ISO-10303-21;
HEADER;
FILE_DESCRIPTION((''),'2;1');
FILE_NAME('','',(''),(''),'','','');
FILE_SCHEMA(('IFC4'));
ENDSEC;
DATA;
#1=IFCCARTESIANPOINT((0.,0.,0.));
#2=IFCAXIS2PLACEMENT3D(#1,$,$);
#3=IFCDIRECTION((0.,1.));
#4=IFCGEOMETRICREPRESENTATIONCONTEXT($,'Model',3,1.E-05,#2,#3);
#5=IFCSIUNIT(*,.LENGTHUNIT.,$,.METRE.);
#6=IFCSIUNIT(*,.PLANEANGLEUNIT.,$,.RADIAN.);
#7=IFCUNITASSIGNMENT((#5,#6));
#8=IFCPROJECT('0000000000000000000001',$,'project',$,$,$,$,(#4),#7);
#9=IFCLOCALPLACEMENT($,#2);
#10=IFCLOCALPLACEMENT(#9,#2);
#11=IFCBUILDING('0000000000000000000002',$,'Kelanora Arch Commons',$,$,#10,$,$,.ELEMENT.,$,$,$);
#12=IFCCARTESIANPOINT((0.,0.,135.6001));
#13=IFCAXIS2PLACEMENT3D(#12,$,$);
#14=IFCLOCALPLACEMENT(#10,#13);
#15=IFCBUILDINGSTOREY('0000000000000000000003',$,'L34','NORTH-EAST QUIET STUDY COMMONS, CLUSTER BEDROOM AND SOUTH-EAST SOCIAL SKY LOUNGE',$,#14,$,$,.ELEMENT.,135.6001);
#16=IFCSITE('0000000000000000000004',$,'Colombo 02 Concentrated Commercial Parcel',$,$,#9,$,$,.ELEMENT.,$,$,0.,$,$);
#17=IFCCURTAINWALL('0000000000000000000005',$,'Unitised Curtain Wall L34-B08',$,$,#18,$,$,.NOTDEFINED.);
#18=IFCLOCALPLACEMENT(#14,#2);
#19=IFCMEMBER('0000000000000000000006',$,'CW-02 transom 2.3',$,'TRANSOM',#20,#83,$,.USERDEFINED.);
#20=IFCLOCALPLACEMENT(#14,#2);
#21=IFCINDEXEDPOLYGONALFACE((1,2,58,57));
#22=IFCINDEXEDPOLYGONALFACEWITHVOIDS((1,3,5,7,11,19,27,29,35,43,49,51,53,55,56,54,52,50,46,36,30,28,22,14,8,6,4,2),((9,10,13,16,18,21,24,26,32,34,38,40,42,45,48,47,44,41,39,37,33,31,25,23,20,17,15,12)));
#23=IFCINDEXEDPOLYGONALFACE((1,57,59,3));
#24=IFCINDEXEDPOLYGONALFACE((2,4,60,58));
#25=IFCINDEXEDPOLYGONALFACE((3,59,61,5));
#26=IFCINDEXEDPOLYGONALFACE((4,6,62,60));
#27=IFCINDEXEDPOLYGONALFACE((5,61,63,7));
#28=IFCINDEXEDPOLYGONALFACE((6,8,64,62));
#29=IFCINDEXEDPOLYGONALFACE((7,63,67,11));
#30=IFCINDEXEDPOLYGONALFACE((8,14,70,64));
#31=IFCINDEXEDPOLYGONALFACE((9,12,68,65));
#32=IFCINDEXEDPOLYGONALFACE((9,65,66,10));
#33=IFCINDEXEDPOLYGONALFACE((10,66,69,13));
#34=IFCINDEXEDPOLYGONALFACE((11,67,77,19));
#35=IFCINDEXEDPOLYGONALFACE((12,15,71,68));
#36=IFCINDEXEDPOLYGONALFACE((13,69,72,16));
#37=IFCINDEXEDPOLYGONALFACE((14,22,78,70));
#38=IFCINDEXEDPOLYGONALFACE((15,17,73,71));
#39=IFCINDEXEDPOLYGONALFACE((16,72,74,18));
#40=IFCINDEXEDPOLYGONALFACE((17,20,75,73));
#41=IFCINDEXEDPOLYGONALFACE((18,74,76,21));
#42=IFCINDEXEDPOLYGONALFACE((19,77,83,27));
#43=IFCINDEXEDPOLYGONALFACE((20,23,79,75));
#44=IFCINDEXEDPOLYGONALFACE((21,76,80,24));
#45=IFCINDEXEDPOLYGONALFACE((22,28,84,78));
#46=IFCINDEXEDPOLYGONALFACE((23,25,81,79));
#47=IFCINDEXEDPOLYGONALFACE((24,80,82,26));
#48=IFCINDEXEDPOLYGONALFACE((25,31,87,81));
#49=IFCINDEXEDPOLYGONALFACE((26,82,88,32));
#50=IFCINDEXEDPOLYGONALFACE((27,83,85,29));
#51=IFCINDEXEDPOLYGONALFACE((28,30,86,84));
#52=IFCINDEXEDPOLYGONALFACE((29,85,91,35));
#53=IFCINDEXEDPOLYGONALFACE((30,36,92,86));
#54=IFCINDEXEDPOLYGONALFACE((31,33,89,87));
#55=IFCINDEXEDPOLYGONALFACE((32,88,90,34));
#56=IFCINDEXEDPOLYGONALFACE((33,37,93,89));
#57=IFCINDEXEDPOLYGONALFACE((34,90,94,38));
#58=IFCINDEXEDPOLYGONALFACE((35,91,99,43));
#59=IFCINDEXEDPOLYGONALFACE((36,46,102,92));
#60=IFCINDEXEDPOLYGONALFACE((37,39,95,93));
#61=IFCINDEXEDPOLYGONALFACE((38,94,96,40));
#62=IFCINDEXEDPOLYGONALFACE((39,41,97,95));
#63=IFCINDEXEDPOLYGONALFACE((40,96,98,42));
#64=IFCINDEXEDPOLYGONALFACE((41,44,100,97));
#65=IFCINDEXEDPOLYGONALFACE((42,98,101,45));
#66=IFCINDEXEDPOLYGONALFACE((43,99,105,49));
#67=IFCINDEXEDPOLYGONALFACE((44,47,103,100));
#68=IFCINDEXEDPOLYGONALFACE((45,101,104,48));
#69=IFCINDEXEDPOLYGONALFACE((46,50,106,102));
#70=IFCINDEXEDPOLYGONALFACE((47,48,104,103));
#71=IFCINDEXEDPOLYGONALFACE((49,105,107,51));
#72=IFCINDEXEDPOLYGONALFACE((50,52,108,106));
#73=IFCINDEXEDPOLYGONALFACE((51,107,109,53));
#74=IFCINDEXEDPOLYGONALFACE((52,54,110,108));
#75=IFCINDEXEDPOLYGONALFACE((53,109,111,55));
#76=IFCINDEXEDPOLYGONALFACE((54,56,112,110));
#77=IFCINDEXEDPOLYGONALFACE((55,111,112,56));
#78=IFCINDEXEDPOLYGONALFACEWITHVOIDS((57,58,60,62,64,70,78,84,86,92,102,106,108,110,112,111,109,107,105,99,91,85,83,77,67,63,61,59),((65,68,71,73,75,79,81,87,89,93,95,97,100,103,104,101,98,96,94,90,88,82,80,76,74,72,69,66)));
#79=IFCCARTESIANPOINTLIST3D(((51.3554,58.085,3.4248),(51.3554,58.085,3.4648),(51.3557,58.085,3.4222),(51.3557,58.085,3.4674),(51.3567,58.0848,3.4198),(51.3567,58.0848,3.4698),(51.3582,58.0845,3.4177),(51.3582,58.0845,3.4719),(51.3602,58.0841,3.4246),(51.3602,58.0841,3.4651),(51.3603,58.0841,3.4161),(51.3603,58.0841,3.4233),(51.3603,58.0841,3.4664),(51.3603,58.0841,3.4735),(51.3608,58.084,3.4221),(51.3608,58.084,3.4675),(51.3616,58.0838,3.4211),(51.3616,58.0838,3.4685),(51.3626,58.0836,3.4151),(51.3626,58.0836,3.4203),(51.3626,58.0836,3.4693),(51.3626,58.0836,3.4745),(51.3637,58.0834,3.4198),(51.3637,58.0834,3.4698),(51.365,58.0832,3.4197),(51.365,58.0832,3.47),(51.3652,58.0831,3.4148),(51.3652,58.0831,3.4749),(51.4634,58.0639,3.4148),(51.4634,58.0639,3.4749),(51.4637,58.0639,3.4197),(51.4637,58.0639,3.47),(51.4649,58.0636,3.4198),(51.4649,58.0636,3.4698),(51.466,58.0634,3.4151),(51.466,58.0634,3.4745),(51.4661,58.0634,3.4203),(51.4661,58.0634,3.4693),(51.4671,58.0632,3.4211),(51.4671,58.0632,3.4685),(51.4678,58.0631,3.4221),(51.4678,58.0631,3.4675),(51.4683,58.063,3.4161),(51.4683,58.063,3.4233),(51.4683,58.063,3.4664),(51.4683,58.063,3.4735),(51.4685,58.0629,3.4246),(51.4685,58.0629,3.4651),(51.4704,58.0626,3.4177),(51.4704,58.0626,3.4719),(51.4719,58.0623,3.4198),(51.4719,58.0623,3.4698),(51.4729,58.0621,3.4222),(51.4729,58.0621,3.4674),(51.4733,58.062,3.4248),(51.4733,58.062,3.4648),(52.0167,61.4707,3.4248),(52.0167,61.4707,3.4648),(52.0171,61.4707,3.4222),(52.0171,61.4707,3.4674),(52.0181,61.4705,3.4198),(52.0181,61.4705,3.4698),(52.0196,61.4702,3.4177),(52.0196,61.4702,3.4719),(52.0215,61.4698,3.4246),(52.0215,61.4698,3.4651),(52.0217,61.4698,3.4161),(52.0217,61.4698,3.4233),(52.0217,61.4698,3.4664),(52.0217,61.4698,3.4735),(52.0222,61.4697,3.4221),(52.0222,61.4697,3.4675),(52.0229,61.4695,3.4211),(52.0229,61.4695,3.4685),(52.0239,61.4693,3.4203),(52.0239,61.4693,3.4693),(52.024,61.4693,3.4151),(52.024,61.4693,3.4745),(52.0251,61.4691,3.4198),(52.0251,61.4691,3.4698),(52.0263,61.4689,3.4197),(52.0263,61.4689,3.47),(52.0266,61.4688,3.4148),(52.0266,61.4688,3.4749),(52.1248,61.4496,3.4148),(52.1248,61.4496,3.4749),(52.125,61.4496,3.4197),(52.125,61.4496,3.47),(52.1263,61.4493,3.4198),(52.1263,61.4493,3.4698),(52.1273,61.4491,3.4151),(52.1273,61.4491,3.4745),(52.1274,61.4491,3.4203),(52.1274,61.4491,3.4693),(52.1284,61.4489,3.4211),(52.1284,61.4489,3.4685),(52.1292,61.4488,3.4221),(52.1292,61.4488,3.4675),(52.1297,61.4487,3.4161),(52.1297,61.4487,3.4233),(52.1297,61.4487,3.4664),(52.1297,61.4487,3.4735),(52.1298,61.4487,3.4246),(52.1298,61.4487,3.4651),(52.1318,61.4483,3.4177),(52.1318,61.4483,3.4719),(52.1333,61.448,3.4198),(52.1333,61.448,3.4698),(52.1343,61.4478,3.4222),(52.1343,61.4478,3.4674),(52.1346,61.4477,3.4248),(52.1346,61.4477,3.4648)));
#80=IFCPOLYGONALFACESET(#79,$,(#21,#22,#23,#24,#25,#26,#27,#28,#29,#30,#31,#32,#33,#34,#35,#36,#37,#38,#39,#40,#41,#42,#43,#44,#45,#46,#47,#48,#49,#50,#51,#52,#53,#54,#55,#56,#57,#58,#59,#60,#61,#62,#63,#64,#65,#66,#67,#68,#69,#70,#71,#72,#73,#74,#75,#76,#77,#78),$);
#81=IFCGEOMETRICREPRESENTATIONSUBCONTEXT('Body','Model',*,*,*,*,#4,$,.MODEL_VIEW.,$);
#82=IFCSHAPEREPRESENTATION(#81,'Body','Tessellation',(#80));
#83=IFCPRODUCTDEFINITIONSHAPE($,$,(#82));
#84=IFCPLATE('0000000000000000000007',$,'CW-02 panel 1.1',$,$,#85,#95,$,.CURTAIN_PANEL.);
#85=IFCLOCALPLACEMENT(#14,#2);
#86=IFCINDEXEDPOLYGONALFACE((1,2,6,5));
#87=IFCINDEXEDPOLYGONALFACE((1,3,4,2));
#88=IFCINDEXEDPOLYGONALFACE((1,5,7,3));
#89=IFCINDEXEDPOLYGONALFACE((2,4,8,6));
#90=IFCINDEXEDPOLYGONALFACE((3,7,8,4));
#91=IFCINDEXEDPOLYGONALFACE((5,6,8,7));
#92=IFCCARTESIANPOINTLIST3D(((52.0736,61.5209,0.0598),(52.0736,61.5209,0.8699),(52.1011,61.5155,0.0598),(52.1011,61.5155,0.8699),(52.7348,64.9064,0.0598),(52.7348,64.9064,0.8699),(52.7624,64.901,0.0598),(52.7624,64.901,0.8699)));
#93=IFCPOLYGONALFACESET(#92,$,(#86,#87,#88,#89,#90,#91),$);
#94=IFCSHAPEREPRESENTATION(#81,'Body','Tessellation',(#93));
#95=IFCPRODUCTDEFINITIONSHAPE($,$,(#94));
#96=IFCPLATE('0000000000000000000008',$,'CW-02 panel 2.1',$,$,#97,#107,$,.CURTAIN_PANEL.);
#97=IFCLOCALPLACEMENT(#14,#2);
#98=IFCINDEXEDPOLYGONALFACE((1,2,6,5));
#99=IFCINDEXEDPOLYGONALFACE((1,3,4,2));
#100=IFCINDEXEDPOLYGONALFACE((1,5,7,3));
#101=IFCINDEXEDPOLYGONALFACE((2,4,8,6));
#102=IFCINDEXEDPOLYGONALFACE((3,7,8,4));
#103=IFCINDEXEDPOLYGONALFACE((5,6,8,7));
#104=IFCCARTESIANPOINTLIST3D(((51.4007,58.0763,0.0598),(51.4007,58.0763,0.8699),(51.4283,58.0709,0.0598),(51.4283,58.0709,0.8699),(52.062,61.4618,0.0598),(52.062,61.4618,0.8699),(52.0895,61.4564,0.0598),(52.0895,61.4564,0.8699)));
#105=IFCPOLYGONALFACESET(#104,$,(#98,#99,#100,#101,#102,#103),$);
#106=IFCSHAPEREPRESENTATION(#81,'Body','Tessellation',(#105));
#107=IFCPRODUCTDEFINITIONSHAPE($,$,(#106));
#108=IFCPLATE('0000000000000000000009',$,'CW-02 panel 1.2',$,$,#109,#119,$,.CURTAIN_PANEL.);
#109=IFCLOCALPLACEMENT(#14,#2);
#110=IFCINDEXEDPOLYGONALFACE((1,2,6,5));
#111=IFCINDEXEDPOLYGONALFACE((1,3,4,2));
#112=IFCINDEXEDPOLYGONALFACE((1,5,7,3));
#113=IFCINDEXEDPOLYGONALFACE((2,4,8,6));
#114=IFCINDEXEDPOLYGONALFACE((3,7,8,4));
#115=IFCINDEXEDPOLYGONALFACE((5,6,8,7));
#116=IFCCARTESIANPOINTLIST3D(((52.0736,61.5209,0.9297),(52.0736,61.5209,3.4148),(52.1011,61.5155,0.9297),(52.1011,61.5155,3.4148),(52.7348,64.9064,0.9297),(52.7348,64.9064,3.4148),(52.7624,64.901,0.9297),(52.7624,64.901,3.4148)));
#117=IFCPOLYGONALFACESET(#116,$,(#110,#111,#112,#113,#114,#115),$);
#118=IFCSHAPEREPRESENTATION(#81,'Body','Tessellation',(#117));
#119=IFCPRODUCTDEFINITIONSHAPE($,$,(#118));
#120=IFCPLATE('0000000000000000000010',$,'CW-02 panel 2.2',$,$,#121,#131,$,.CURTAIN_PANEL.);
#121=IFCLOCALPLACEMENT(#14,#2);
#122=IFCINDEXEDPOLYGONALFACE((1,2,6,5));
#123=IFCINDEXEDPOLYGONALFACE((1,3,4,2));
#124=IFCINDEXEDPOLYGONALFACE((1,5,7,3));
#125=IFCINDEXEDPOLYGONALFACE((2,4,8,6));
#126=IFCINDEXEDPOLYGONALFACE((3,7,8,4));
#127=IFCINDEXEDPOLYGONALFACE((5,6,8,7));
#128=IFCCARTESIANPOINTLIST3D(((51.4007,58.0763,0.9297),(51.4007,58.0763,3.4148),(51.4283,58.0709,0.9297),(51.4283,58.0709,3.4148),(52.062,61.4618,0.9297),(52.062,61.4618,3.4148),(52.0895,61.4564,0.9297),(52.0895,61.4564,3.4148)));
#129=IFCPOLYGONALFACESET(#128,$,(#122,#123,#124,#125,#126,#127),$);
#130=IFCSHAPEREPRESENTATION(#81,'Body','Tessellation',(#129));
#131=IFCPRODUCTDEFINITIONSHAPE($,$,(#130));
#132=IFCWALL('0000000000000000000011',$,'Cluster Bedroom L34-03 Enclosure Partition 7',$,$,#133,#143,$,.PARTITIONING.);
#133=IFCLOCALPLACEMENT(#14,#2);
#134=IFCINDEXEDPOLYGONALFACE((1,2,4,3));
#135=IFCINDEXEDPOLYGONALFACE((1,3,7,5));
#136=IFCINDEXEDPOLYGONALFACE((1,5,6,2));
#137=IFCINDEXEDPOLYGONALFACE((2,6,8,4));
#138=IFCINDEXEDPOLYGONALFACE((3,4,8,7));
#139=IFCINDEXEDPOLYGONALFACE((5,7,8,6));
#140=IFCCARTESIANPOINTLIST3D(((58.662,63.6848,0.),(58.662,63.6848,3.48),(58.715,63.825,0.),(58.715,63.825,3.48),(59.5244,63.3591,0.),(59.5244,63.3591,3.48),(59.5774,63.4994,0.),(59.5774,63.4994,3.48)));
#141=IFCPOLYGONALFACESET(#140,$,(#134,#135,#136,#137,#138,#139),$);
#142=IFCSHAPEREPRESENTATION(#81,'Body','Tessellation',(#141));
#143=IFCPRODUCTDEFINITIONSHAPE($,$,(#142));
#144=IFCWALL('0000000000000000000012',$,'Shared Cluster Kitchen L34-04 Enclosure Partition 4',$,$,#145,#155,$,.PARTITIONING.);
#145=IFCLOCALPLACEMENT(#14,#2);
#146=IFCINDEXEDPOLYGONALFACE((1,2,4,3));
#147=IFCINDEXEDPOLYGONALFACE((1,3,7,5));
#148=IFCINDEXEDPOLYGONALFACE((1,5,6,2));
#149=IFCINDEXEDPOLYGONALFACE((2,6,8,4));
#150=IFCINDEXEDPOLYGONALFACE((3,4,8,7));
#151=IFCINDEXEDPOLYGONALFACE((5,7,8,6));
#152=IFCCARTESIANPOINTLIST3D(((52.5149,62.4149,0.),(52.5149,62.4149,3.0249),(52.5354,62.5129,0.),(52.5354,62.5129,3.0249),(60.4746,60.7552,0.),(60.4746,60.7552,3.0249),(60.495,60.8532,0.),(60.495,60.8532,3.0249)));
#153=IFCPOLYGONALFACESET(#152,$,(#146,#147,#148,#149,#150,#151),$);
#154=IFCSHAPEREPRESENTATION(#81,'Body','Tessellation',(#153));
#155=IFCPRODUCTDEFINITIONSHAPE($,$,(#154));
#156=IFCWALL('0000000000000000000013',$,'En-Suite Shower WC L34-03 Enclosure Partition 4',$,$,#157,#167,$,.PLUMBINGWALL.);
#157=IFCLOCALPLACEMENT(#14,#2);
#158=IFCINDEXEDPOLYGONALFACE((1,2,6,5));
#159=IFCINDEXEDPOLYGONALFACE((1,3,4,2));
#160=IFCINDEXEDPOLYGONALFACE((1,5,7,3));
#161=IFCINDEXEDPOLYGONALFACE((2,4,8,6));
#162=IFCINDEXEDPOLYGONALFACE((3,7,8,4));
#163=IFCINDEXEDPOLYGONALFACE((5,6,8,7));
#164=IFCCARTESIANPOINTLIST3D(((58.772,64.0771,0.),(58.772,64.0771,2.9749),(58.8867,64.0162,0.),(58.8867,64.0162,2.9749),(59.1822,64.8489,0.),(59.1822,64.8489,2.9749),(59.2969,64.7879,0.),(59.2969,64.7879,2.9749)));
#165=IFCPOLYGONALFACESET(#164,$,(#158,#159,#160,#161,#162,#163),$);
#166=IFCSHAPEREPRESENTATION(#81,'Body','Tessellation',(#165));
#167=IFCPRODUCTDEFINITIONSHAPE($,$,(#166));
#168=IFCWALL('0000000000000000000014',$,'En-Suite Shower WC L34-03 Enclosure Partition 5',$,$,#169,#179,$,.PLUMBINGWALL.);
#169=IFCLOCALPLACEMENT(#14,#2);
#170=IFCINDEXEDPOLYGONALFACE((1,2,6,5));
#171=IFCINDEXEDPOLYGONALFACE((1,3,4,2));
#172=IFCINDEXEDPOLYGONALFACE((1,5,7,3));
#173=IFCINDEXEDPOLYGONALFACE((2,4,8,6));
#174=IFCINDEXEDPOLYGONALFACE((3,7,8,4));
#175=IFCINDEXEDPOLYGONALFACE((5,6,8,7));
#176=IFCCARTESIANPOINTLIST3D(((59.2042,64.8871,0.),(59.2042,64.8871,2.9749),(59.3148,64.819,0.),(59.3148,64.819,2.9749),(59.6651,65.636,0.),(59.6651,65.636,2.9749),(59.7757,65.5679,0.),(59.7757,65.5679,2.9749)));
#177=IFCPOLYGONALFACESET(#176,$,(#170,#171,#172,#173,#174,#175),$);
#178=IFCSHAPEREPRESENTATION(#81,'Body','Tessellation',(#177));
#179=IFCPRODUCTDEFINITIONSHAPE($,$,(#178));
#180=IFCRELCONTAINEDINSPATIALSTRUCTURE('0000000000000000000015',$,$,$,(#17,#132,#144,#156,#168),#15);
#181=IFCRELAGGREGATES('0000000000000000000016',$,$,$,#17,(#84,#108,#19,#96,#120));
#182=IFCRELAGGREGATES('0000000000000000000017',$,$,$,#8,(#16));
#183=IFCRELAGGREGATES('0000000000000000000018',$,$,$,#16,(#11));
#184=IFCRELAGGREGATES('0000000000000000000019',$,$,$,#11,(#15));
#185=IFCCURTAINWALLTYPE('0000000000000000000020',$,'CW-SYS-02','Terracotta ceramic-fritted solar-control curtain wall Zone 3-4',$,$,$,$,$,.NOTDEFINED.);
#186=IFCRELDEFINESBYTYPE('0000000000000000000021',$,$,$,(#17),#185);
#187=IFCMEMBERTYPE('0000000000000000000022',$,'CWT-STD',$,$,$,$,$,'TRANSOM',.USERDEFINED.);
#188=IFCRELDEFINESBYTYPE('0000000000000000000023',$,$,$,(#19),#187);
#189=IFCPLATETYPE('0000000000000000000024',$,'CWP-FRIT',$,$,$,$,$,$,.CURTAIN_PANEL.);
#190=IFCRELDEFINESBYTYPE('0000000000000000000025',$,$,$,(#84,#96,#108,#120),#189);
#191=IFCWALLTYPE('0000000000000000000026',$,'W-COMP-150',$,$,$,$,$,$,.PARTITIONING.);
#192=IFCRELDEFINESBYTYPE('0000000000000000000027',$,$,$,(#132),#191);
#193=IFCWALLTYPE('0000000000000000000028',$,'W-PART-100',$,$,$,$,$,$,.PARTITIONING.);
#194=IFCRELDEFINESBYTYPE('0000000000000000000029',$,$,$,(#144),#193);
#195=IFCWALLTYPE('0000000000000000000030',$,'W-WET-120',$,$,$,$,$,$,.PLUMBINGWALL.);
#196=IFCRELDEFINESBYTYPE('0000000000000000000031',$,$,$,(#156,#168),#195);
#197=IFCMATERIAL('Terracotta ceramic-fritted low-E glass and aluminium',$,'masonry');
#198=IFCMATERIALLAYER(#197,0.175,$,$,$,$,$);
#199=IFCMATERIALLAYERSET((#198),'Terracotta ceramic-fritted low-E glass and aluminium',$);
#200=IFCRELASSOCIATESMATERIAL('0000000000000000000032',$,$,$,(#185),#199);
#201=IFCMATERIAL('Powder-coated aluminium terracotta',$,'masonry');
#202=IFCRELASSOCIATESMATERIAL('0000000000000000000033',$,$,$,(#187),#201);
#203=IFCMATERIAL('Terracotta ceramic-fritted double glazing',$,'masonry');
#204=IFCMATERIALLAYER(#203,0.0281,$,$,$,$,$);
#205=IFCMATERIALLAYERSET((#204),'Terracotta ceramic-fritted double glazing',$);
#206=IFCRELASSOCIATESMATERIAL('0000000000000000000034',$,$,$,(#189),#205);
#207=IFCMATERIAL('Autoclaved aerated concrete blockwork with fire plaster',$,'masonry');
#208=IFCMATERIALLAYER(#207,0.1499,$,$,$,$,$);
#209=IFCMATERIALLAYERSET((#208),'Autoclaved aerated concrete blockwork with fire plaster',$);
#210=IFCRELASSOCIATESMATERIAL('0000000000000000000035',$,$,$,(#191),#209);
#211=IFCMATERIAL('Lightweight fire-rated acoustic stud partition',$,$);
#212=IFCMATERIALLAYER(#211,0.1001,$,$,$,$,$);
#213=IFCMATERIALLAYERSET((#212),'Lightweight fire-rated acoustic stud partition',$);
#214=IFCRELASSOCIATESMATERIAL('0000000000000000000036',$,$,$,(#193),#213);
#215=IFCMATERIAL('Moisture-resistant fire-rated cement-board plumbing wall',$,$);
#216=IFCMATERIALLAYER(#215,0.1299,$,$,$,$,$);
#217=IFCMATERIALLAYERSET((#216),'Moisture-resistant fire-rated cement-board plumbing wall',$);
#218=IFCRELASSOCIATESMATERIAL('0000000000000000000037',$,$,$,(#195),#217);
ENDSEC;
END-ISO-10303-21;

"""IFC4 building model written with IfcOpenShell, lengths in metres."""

from ifc_helpers import new_model, si_unit, direction, frame, frame_2d, origin, origin_2d, place, context, subcontext, project, spatial, rectangle, hollow_rectangle, extrude, source, transform, mapped, material, layer, layer_set, material_profile, profile_set, type_object, element, aggregate, save


model = new_model("IFC4")

# Units and contexts
model_context = context("Model", 3, precision=1e-05, world=origin(), true_north=direction((0.0, 1.0)))
body_context = subcontext(model_context, "Body", "Model", "MODEL_VIEW")
ifc_project = project(units=[si_unit("LENGTHUNIT", "METRE"), si_unit("PLANEANGLEUNIT", "RADIAN")], contexts=[model_context])

# Site, building, storey
site_placement = place(None, origin())
site = spatial("IfcSite", under=ifc_project, at=site_placement, Name="Colombo 02 Concentrated Commercial Parcel", CompositionType="ELEMENT", RefElevation=0.0)
building_placement = place(site_placement, origin())
building = spatial("IfcBuilding", under=site, at=building_placement, Name="Kelanora Arch Commons", CompositionType="ELEMENT")
storey_placement = place(building_placement, frame((0.0, 0.0, 135.6001)))
storey = spatial("IfcBuildingStorey", under=building, at=storey_placement, Name="L34", Description="NORTH-EAST QUIET STUDY COMMONS, CLUSTER BEDROOM AND SOUTH-EAST SOCIAL SKY LOUNGE", CompositionType="ELEMENT", Elevation=135.6001)

# Curtain wall, member, plates
ifc_material_1 = material(Name="Terracotta ceramic-fritted low-E glass and aluminium", Category="masonry")
ifc_layer_1 = layer(ifc_material_1, 0.175)
ifc_layer_set_1 = layer_set([ifc_layer_1], Name="Terracotta ceramic-fritted low-E glass and aluminium")
curtain_wall_type = type_object("IfcCurtainWallType", Name="CW-SYS-02", Description="Terracotta ceramic-fritted solar-control curtain wall Zone 3-4", PredefinedType="NOTDEFINED", material=ifc_layer_set_1)
curtain_wall_placement = place(storey_placement, origin())
curtain_wall = element("IfcCurtainWall", 1, at=curtain_wall_placement, inside=storey, type_object=curtain_wall_type, Name="Unitised Curtain Wall L34-B08", PredefinedType="NOTDEFINED")
ifc_material_2 = material(Name="Powder-coated aluminium terracotta", Category="masonry")
ifc_material_profile_1 = material_profile(ifc_material_2, hollow_rectangle(XDim=0.1201, YDim=0.0601, WallThickness=0.0049, InnerFilletRadius=0.0049, OuterFilletRadius=0.01, at=origin_2d()), Name="CWT120x60")
ifc_profile_set_1 = profile_set([ifc_material_profile_1], Name="Powder-coated aluminium terracotta")
member_type_1 = type_object("IfcMemberType", Name="CWT-STD", ElementType="TRANSOM", PredefinedType="USERDEFINED", material=ifc_profile_set_1)
member_1_placement = place(storey_placement, frame((52.0757, 61.4592, 3.4448), z_axis=(-0.191718, -0.98145, 0.0), x_axis=(0.98145, -0.191718, 0.0)))
member_1 = element("IfcMember", 2, at=member_1_placement, type_object=member_type_1, Name="CW-02 transom 2.3", ObjectType="TRANSOM", PredefinedType="USERDEFINED", context=body_context, shape_type="SweptSolid", body=[
    extrude(hollow_rectangle(XDim=0.1201, YDim=0.0601, WallThickness=0.0049, InnerFilletRadius=0.0049, OuterFilletRadius=0.01, at=origin_2d()), origin(), (0.0, 0.0, 1.0), 3.4497),
])
ifc_material_3 = material(Name="Terracotta ceramic-fritted double glazing", Category="masonry")
ifc_layer_2 = layer(ifc_material_3, 0.0281)
ifc_layer_set_2 = layer_set([ifc_layer_2], Name="Terracotta ceramic-fritted double glazing")
plate_type = type_object("IfcPlateType", Name="CWP-FRIT", PredefinedType="CURTAIN_PANEL", material=ifc_layer_set_2)
shared_shape_1 = source(origin(), body_context, "Body", "SweptSolid", [
    extrude(rectangle(XDim=3.4495, YDim=0.0281, at=origin_2d()), origin(), (0.0, 0.0, 1.0), 0.8101),
])
plate_1_placement = place(storey_placement, frame((52.418, 63.2109, 0.0598), z_axis=(0.0, 0.0, 1.0), x_axis=(-0.191705, -0.981453, 0.0)))
plate_1 = element("IfcPlate", 3, at=plate_1_placement, type_object=plate_type, Name="CW-02 panel 1.1", PredefinedType="CURTAIN_PANEL", context=body_context, shape_type="MappedRepresentation", body=[
    mapped(shared_shape_1, transform((0.0, 0.0, 0.0), scale=1.0)),
])
plate_2_placement = place(storey_placement, frame((51.7451, 59.7664, 0.0598), z_axis=(0.0, 0.0, 1.0), x_axis=(-0.191705, -0.981453, 0.0)))
plate_2 = element("IfcPlate", 4, at=plate_2_placement, type_object=plate_type, Name="CW-02 panel 2.1", PredefinedType="CURTAIN_PANEL", context=body_context, shape_type="MappedRepresentation", body=[
    mapped(shared_shape_1, transform((0.0, 0.0, 0.0), scale=1.0)),
])
shared_shape_2 = source(origin(), body_context, "Body", "SweptSolid", [
    extrude(rectangle(XDim=3.4495, YDim=0.0281, at=origin_2d()), origin(), (0.0, 0.0, 1.0), 2.4851),
])
plate_3_placement = place(storey_placement, frame((52.418, 63.2109, 0.9297), z_axis=(0.0, 0.0, 1.0), x_axis=(-0.191705, -0.981453, 0.0)))
plate_3 = element("IfcPlate", 5, at=plate_3_placement, type_object=plate_type, Name="CW-02 panel 1.2", PredefinedType="CURTAIN_PANEL", context=body_context, shape_type="MappedRepresentation", body=[
    mapped(shared_shape_2, transform((0.0, 0.0, 0.0), scale=1.0)),
])
plate_4_placement = place(storey_placement, frame((51.7451, 59.7664, 0.9297), z_axis=(0.0, 0.0, 1.0), x_axis=(-0.191705, -0.981453, 0.0)))
plate_4 = element("IfcPlate", 6, at=plate_4_placement, type_object=plate_type, Name="CW-02 panel 2.2", PredefinedType="CURTAIN_PANEL", context=body_context, shape_type="MappedRepresentation", body=[
    mapped(shared_shape_2, transform((0.0, 0.0, 0.0), scale=1.0)),
])
aggregate(curtain_wall, [plate_1, plate_3, member_1, plate_2, plate_4])

# Walls
ifc_material_4 = material(Name="Autoclaved aerated concrete blockwork with fire plaster", Category="masonry")
ifc_layer_3 = layer(ifc_material_4, 0.1499)
ifc_layer_set_3 = layer_set([ifc_layer_3], Name="Autoclaved aerated concrete blockwork with fire plaster")
wall_type_1 = type_object("IfcWallType", Name="W-COMP-150", PredefinedType="PARTITIONING", material=ifc_layer_set_3)
wall_1_placement = place(storey_placement, frame((58.6885, 63.7549, 0.0), z_axis=(0.0, 0.0, 1.0), x_axis=(0.935532, -0.353241, 0.0)))
element("IfcWall", 7, at=wall_1_placement, inside=storey, type_object=wall_type_1, Name="Cluster Bedroom L34-03 Enclosure Partition 7", PredefinedType="PARTITIONING", context=body_context, shape_type="SweptSolid", body=[
    extrude(rectangle(XDim=0.9219, YDim=0.1499, at=frame_2d((0.4609, 0.0))), origin(), (0.0, 0.0, 1.0), 3.48),
])
ifc_material_5 = material(Name="Lightweight fire-rated acoustic stud partition")
ifc_layer_4 = layer(ifc_material_5, 0.1001)
ifc_layer_set_4 = layer_set([ifc_layer_4], Name="Lightweight fire-rated acoustic stud partition")
wall_type_2 = type_object("IfcWallType", Name="W-PART-100", PredefinedType="PARTITIONING", material=ifc_layer_set_4)
wall_2_placement = place(storey_placement, frame((52.5251, 62.4639, 0.0), z_axis=(0.0, 0.0, 1.0), x_axis=(0.978946, -0.204119, 0.0)))
element("IfcWall", 8, at=wall_2_placement, inside=storey, type_object=wall_type_2, Name="Shared Cluster Kitchen L34-04 Enclosure Partition 4", PredefinedType="PARTITIONING", context=body_context, shape_type="SweptSolid", body=[
    extrude(rectangle(XDim=8.1309, YDim=0.1001, at=frame_2d((4.0654, 0.0))), origin(), (0.0, 0.0, 1.0), 3.0249),
])
ifc_material_6 = material(Name="Moisture-resistant fire-rated cement-board plumbing wall")
ifc_layer_5 = layer(ifc_material_6, 0.1299)
ifc_layer_set_5 = layer_set([ifc_layer_5], Name="Moisture-resistant fire-rated cement-board plumbing wall")
wall_type_3 = type_object("IfcWallType", Name="W-WET-120", PredefinedType="PLUMBINGWALL", material=ifc_layer_set_5)
wall_3_placement = place(storey_placement, frame((58.8293, 64.0466, 0.0), z_axis=(0.0, 0.0, 1.0), x_axis=(0.469312, 0.883033, 0.0)))
element("IfcWall", 9, at=wall_3_placement, inside=storey, type_object=wall_type_3, Name="En-Suite Shower WC L34-03 Enclosure Partition 4", PredefinedType="PLUMBINGWALL", context=body_context, shape_type="SweptSolid", body=[
    extrude(rectangle(XDim=0.874, YDim=0.1299, at=frame_2d((0.437, 0.0))), origin(), (0.0, 0.0, 1.0), 2.9749),
])
wall_4_placement = place(storey_placement, frame((59.2595, 64.853, 0.0), z_axis=(0.0, 0.0, 1.0), x_axis=(0.524097, 0.851658, 0.0)))
element("IfcWall", 10, at=wall_4_placement, inside=storey, type_object=wall_type_3, Name="En-Suite Shower WC L34-03 Enclosure Partition 5", PredefinedType="PLUMBINGWALL", context=body_context, shape_type="SweptSolid", body=[
    extrude(rectangle(XDim=0.8794, YDim=0.1299, at=frame_2d((0.4397, 0.0))), origin(), (0.0, 0.0, 1.0), 2.9749),
])

save(model, "model.ifc")
